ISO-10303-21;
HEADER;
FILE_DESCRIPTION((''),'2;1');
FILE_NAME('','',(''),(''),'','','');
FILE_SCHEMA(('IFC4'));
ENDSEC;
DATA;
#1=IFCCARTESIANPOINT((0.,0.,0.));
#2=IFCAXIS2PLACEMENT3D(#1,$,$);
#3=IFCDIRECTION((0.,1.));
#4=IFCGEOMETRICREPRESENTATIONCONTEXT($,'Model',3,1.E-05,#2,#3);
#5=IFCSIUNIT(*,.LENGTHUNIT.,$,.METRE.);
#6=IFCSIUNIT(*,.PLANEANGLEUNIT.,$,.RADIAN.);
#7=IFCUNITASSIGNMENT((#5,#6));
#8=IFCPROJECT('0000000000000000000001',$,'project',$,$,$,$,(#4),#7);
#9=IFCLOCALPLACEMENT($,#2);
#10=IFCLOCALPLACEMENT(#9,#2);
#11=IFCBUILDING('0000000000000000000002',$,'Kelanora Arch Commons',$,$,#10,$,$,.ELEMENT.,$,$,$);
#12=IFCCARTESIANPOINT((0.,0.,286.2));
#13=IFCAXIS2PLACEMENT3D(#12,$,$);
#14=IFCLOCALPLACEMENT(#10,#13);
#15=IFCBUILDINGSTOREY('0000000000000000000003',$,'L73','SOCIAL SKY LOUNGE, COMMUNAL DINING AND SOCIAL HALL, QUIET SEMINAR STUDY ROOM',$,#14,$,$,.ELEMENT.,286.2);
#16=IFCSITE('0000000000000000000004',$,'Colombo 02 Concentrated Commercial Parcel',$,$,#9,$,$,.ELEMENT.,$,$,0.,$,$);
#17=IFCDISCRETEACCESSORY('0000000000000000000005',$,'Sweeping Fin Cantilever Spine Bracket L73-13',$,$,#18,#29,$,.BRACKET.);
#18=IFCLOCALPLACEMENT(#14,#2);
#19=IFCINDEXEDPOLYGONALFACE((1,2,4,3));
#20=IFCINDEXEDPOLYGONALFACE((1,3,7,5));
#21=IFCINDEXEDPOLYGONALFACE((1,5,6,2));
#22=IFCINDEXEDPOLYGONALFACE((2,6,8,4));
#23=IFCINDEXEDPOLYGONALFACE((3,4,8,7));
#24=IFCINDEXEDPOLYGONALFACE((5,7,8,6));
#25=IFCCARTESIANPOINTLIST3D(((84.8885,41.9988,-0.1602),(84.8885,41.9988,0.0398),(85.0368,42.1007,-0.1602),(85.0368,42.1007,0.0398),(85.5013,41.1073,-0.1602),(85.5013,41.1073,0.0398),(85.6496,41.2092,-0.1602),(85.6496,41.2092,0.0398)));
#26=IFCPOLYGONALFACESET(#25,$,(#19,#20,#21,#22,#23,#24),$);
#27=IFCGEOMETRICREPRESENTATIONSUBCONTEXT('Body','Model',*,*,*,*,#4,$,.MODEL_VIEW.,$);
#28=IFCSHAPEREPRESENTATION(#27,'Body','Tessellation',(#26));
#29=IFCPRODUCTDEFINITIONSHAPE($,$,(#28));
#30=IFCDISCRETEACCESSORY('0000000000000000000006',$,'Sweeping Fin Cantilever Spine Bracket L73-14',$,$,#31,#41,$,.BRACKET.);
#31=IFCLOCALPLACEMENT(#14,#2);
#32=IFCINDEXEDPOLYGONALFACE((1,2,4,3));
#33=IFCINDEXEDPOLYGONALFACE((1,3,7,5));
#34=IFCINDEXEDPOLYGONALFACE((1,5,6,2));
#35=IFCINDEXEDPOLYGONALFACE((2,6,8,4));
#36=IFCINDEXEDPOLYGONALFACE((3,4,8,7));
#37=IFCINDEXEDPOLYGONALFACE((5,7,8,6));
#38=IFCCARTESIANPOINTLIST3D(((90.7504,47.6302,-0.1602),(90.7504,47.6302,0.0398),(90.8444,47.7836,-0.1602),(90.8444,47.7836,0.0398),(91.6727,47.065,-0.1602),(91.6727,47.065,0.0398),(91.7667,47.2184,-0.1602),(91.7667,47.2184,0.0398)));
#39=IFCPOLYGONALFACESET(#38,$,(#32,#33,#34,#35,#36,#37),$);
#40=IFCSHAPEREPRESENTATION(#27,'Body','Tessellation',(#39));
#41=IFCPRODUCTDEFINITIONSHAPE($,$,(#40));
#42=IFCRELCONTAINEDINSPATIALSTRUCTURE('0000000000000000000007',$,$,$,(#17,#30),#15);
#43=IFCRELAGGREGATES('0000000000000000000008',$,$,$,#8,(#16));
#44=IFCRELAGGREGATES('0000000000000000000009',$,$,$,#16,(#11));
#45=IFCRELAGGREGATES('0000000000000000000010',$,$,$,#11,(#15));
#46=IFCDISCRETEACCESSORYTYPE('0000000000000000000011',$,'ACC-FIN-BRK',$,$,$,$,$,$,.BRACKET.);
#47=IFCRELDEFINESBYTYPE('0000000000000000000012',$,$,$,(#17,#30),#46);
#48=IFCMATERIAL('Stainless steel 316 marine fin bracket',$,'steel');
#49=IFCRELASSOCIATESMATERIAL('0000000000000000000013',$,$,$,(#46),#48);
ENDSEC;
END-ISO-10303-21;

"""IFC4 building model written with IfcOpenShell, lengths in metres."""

from ifc_helpers import new_model, si_unit, direction, frame, origin, origin_2d, place, context, subcontext, project, spatial, rectangle, extrude, source, transform, mapped, material, type_object, element, save


model = new_model("IFC4")

# Units and contexts
model_context = context("Model", 3, precision=1e-05, world=origin(), true_north=direction((0.0, 1.0)))
body_context = subcontext(model_context, "Body", "Model", "MODEL_VIEW")
ifc_project = project(units=[si_unit("LENGTHUNIT", "METRE"), si_unit("PLANEANGLEUNIT", "RADIAN")], contexts=[model_context])

# Site, building, storey
site_placement = place(None, origin())
site = spatial("IfcSite", under=ifc_project, at=site_placement, Name="Colombo 02 Concentrated Commercial Parcel", CompositionType="ELEMENT", RefElevation=0.0)
building_placement = place(site_placement, origin())
building = spatial("IfcBuilding", under=site, at=building_placement, Name="Kelanora Arch Commons", CompositionType="ELEMENT")
storey_placement = place(building_placement, frame((0.0, 0.0, 286.2)))
storey = spatial("IfcBuildingStorey", under=building, at=storey_placement, Name="L73", Description="SOCIAL SKY LOUNGE, COMMUNAL DINING AND SOCIAL HALL, QUIET SEMINAR STUDY ROOM", CompositionType="ELEMENT", Elevation=286.2)

# Discrete accessories
ifc_material_1 = material(Name="Stainless steel 316 marine fin bracket", Category="steel")
discrete_accessory_type = type_object("IfcDiscreteAccessoryType", Name="ACC-FIN-BRK", PredefinedType="BRACKET", material=ifc_material_1)
shared_shape_1 = source(origin(), body_context, "Body", "SweptSolid", [
    extrude(rectangle(XDim=1.0818, YDim=0.1799, at=origin_2d()), origin(), (0.0, 0.0, 1.0), 0.2),
])
for number, where, z_axis, x_axis, name in (
    (1, (85.269, 41.604, -0.1602), (0.0, 0.0, 1.0), (0.566406, -0.824126, 0.0), "Sweeping Fin Cantilever Spine Bracket L73-13"),
    (2, (91.2585, 47.4243, -0.1602), (0.0, 0.0, 1.0), (0.85264, -0.522499, 0.0), "Sweeping Fin Cantilever Spine Bracket L73-14"),
):
    element("IfcDiscreteAccessory", number, at=place(storey_placement, frame(where, z_axis=z_axis, x_axis=x_axis)), inside=storey, type_object=discrete_accessory_type, Name=name, PredefinedType="BRACKET", context=body_context, shape_type="MappedRepresentation", body=[
        mapped(shared_shape_1, transform((0.0, 0.0, 0.0), scale=1.0)),
    ])

save(model, "model.ifc")
